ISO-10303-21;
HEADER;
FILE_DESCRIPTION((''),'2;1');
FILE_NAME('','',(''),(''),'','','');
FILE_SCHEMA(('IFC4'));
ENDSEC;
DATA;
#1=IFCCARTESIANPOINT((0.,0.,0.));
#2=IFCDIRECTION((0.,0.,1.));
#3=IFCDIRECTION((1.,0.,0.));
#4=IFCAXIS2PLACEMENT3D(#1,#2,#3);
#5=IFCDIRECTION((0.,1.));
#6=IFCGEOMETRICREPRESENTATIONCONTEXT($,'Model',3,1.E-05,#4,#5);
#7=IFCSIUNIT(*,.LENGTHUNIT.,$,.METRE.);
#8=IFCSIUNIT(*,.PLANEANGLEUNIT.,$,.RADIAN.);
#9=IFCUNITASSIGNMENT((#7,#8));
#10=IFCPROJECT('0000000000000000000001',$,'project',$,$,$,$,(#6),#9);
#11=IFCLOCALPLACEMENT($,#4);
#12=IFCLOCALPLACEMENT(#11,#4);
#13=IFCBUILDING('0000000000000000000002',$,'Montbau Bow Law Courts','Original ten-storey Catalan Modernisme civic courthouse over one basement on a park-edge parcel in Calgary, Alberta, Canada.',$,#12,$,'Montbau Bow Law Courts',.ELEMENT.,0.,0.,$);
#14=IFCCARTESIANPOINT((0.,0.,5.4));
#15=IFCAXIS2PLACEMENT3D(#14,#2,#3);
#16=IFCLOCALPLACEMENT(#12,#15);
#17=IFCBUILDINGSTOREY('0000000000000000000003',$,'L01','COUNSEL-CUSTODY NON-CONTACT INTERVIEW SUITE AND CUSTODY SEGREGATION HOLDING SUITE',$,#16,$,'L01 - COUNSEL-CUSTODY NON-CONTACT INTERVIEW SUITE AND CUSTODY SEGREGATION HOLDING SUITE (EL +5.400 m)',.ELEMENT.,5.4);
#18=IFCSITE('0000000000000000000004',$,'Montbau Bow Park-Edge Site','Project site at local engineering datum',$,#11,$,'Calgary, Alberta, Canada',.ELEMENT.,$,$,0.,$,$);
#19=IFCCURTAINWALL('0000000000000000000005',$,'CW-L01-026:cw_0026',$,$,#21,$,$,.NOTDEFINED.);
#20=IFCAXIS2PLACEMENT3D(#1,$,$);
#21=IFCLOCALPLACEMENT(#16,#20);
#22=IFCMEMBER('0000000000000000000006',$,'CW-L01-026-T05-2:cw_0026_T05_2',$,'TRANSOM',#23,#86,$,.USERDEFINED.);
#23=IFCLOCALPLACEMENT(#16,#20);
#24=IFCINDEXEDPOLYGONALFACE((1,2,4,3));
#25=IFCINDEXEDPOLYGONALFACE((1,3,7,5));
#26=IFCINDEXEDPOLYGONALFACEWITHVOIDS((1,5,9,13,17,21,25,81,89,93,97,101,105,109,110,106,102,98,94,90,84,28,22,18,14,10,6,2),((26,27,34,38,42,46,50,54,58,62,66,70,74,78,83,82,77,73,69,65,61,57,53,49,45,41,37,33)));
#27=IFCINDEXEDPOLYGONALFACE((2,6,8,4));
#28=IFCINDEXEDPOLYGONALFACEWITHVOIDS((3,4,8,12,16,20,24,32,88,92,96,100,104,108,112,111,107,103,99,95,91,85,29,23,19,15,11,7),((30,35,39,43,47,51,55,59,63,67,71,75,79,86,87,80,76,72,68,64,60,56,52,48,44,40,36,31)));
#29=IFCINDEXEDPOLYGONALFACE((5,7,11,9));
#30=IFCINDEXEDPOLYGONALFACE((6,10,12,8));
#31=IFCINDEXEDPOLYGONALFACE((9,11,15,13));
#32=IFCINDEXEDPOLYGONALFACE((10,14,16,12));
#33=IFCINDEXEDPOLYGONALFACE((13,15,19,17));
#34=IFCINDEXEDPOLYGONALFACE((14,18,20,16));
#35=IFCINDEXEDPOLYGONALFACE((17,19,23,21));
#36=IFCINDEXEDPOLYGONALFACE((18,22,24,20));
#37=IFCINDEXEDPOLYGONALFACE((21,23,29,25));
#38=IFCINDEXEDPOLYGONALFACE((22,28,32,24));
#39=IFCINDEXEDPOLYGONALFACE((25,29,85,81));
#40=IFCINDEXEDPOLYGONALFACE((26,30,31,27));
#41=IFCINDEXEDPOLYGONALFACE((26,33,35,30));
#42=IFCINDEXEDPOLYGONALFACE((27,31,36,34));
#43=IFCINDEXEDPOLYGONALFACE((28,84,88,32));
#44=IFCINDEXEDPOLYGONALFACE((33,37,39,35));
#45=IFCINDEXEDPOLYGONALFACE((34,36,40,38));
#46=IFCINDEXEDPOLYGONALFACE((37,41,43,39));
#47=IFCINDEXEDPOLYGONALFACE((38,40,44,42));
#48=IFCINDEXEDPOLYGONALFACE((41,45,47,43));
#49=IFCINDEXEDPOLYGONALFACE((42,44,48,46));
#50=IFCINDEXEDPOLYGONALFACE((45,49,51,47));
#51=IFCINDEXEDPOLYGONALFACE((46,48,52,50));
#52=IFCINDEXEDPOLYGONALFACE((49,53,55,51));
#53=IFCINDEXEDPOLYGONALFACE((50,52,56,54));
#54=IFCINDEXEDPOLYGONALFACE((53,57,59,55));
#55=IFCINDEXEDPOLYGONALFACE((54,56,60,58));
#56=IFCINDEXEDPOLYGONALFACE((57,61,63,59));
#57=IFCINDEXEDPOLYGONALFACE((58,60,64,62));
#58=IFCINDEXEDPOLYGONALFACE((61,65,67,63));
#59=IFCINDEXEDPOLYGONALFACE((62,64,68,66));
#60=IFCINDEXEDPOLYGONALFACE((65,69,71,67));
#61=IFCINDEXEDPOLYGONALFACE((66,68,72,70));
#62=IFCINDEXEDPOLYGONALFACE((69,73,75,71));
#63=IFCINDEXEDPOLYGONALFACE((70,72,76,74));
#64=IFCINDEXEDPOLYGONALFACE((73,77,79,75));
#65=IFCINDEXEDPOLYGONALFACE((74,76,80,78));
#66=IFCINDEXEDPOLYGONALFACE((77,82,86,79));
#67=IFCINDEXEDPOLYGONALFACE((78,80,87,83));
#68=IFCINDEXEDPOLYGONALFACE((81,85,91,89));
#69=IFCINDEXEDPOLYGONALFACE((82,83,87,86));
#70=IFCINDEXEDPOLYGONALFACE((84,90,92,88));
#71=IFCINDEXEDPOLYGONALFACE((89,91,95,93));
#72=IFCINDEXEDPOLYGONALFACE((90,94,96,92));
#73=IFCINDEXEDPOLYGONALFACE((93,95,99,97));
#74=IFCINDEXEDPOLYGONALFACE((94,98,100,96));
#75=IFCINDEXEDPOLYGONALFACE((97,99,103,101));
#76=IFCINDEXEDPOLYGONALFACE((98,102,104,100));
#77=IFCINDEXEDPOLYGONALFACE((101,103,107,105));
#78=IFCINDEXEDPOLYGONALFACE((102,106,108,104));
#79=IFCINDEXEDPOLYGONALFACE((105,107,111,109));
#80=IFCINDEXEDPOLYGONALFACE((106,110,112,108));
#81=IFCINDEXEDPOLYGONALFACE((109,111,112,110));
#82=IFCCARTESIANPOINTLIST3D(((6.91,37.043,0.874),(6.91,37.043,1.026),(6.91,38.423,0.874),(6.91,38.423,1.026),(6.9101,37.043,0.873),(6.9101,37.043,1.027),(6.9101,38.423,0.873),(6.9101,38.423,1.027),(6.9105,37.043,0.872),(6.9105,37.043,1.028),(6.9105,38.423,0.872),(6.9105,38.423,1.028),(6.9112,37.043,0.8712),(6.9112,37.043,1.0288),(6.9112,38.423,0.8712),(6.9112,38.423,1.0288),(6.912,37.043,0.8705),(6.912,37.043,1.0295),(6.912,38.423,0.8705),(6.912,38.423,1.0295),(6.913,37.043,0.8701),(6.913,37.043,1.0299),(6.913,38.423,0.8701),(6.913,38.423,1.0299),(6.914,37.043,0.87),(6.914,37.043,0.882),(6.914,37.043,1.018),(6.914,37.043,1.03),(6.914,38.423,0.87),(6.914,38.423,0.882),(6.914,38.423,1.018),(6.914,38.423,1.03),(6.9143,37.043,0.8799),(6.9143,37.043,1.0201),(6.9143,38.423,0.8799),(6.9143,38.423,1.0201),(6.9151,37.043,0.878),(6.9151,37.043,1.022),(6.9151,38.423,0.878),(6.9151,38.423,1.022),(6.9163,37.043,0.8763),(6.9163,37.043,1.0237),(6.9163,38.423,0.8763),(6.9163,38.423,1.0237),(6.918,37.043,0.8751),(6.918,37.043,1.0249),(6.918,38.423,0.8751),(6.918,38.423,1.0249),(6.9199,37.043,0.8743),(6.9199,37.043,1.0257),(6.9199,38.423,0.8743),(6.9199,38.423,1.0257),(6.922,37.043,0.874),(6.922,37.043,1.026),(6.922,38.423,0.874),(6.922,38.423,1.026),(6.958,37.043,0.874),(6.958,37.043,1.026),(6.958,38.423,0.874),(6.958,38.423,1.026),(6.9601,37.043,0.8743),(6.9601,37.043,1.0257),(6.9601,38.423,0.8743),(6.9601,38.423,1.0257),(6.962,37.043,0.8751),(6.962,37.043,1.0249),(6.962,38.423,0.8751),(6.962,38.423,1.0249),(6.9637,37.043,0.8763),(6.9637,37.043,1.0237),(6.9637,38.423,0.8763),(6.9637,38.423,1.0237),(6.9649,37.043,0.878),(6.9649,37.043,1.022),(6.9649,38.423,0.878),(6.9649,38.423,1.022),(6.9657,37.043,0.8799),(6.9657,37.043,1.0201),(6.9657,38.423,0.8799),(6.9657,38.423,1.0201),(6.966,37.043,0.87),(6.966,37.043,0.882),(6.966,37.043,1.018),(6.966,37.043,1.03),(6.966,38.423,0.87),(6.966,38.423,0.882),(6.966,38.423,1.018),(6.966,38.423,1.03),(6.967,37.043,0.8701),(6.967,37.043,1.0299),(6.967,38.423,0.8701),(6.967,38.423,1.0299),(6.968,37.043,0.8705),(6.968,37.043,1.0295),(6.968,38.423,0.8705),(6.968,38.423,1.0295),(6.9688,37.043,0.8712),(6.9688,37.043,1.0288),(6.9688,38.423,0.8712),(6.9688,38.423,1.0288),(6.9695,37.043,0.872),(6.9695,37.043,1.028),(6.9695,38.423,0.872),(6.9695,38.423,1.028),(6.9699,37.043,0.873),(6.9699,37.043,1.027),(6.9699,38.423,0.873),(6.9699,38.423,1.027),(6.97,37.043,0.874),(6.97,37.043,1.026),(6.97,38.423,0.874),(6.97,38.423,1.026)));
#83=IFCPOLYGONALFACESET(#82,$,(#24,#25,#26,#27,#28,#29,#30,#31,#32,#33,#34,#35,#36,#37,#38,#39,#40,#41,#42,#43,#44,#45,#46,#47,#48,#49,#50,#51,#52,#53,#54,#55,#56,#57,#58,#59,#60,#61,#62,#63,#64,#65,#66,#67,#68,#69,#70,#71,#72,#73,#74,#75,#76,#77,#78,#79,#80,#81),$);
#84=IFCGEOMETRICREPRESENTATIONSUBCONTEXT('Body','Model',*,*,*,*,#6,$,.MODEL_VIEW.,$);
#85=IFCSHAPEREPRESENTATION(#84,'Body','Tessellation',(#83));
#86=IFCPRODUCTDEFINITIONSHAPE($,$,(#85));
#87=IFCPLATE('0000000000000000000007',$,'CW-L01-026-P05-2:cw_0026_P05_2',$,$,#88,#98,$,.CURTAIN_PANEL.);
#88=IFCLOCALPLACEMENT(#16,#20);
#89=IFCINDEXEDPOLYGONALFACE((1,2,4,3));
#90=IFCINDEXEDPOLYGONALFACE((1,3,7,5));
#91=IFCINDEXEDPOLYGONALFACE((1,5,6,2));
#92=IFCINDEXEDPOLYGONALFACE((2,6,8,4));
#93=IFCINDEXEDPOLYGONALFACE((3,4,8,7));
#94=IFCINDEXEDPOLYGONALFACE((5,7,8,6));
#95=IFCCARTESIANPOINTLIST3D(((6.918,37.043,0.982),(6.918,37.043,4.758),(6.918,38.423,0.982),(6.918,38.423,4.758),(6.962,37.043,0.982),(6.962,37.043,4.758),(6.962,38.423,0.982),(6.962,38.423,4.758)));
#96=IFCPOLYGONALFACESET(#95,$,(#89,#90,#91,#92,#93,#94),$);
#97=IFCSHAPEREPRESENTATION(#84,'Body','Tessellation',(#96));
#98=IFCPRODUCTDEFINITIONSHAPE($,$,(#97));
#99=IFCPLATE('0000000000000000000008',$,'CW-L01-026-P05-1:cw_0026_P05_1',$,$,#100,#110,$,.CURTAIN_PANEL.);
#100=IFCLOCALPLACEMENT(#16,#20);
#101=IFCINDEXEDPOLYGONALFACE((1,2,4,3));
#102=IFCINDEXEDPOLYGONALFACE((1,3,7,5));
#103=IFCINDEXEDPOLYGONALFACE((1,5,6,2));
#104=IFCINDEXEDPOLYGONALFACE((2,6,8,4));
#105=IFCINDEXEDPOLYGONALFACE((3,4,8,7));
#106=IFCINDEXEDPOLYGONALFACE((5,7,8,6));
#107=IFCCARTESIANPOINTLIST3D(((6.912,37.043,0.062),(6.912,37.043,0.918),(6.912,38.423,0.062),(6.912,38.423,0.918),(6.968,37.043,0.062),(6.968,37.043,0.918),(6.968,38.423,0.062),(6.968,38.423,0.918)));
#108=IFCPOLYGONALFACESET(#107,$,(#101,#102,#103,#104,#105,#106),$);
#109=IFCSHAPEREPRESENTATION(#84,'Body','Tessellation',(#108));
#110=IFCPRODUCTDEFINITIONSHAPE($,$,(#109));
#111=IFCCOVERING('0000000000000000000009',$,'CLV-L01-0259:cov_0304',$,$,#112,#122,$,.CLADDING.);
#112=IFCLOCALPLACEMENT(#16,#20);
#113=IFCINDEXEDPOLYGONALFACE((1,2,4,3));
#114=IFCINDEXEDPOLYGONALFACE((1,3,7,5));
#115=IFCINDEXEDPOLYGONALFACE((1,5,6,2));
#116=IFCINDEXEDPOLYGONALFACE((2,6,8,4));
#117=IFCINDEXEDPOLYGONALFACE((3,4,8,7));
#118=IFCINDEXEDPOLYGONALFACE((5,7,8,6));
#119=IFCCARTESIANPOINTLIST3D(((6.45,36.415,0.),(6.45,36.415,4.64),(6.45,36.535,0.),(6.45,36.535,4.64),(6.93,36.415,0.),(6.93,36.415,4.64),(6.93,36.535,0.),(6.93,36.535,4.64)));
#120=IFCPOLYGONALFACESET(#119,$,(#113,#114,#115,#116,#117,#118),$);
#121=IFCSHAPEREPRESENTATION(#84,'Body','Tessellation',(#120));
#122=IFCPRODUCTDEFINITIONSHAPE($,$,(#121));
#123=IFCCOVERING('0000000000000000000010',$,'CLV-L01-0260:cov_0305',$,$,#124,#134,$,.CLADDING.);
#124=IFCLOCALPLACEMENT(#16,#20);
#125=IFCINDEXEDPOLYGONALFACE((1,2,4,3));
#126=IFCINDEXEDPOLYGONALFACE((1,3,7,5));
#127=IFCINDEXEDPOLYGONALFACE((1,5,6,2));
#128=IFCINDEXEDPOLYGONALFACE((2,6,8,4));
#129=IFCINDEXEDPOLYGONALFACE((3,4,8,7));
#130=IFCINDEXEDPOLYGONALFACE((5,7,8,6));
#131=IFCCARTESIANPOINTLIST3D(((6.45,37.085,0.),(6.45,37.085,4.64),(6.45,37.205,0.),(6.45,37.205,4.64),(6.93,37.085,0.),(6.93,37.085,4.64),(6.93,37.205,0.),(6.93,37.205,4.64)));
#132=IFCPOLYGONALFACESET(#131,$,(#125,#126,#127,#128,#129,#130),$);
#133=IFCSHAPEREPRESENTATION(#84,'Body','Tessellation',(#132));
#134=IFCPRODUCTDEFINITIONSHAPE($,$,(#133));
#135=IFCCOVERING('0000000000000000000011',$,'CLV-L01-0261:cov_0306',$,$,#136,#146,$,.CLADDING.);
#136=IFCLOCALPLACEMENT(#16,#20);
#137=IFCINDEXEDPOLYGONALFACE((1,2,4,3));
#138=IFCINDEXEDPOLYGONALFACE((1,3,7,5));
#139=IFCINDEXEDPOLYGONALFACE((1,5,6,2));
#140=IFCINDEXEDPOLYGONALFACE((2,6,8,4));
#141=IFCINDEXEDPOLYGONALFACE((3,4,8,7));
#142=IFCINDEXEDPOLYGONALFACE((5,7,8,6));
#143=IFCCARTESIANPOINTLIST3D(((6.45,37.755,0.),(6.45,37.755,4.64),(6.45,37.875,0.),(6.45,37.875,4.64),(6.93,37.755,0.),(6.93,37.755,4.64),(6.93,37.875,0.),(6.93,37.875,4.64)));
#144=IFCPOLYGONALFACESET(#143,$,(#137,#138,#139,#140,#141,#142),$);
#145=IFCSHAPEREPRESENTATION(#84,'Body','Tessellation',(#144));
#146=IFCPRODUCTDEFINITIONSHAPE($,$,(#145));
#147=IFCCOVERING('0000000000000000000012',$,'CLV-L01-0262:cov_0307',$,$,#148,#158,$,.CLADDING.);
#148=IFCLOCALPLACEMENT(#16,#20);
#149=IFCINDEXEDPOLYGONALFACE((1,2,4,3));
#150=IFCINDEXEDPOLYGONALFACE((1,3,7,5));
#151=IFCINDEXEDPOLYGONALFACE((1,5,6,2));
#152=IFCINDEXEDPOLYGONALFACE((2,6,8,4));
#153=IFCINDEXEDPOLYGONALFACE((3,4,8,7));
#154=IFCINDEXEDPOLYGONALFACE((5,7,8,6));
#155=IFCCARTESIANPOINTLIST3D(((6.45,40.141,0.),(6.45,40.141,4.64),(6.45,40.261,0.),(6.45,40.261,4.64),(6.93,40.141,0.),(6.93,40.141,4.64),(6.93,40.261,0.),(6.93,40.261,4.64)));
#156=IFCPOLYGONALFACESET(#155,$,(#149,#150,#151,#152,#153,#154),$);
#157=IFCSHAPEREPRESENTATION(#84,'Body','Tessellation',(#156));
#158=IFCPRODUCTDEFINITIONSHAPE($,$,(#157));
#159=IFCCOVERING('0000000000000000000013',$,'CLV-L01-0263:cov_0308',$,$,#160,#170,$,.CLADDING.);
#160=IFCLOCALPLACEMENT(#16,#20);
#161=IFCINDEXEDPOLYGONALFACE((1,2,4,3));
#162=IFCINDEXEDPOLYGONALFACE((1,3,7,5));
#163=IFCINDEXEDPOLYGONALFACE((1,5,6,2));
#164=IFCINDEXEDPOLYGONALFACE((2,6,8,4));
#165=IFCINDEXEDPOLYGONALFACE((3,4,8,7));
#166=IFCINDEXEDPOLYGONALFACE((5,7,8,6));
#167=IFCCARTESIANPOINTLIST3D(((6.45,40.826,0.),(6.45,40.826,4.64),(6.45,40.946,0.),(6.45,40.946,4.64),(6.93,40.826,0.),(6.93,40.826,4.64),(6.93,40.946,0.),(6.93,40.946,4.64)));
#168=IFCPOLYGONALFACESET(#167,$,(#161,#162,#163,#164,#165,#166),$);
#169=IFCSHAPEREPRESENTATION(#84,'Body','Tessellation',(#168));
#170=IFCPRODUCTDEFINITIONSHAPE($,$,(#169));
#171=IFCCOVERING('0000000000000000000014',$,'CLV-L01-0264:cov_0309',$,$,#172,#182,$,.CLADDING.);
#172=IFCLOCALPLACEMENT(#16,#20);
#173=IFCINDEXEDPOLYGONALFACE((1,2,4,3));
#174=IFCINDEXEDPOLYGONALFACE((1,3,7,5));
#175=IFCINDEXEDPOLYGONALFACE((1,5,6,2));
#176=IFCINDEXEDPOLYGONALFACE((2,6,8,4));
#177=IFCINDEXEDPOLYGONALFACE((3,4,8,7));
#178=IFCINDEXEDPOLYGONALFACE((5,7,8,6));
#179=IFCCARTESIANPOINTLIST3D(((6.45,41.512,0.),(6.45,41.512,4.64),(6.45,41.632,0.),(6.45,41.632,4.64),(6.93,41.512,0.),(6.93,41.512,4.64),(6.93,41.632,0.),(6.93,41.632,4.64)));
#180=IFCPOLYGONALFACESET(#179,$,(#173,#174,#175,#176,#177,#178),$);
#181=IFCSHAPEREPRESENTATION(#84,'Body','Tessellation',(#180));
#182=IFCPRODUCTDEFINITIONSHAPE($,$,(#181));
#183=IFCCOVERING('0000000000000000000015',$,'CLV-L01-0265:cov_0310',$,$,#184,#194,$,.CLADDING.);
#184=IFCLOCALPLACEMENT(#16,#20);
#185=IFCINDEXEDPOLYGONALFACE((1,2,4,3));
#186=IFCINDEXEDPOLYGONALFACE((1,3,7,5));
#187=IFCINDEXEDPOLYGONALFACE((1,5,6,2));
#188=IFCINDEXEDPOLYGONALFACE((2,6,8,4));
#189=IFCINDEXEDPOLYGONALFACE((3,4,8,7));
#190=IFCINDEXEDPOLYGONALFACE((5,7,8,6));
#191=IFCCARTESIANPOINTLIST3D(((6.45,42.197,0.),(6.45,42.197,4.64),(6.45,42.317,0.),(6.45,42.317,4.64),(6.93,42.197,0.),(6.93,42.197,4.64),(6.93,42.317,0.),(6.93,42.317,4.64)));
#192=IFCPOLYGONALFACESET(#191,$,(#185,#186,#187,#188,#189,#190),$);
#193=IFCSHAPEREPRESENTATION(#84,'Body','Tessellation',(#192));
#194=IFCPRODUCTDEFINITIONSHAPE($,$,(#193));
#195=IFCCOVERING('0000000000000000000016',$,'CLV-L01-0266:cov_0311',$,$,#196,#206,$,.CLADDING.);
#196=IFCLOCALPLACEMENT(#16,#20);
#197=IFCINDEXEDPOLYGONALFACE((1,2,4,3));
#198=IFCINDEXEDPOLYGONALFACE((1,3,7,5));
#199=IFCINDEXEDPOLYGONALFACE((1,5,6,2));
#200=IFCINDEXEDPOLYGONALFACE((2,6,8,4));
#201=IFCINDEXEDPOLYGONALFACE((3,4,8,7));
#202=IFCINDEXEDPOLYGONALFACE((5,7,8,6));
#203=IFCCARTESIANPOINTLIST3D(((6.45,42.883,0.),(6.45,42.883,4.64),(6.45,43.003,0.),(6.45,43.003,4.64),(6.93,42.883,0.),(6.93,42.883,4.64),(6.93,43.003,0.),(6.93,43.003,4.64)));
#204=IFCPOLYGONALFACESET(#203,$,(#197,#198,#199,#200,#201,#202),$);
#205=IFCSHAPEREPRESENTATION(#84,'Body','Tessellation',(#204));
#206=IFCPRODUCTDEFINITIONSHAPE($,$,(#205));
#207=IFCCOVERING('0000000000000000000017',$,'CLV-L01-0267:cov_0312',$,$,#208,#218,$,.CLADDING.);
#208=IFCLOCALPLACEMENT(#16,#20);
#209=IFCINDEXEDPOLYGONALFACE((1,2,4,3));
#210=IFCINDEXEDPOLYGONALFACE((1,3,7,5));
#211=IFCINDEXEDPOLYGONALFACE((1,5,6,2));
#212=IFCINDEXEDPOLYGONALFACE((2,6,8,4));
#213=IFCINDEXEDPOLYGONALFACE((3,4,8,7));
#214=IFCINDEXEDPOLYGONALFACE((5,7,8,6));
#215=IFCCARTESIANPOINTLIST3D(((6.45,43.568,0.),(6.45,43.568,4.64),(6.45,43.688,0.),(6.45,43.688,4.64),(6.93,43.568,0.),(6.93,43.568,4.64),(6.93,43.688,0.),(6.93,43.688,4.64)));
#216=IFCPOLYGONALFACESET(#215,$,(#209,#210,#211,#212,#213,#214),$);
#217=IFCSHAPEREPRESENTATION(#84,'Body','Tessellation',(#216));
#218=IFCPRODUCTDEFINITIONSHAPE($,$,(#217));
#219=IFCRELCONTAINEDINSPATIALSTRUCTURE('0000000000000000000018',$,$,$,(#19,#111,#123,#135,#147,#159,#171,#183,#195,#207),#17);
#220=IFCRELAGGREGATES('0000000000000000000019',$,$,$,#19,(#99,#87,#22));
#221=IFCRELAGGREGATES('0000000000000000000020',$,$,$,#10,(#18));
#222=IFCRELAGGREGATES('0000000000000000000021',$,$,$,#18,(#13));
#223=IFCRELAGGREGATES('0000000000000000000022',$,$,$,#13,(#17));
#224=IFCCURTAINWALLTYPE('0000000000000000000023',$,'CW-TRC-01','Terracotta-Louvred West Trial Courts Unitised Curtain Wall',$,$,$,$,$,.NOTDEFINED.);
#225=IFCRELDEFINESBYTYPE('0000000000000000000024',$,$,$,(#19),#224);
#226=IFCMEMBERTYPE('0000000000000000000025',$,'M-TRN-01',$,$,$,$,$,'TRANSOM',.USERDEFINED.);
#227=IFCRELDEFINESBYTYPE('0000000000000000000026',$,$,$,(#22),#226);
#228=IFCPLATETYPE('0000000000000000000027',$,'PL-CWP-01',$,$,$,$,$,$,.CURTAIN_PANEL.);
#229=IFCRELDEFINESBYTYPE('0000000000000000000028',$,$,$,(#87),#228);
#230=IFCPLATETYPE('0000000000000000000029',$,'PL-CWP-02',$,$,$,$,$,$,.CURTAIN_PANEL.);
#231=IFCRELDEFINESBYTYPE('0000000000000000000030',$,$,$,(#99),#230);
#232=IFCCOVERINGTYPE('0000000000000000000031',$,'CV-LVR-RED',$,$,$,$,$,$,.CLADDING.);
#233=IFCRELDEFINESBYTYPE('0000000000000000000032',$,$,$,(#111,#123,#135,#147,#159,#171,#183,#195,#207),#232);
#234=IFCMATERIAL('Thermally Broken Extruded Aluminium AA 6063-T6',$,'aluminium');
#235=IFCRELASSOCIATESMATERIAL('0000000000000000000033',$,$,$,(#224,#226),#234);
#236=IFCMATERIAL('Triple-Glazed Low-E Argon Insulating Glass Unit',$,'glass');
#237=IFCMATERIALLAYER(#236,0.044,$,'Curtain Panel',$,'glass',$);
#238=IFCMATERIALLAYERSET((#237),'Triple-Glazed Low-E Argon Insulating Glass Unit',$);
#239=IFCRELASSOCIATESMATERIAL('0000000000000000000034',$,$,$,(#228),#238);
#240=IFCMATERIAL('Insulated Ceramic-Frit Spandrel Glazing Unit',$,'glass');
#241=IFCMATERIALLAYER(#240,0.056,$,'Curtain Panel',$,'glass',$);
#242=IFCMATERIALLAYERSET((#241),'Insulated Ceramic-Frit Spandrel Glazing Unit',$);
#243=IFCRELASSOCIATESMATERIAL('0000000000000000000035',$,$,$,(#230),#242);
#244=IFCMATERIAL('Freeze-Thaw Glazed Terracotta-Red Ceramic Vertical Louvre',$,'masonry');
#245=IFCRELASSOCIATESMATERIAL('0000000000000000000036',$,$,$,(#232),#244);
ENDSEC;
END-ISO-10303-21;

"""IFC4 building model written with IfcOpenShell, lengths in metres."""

from ifc_helpers import new_model, si_unit, direction, frame, frame_2d, origin_with_axes, origin_2d_with_axis, place, context, subcontext, project, spatial, rectangle, hollow_rectangle, extrude, material, layer, layer_set, material_profile, profile_set, type_object, element, aggregate, save


model = new_model("IFC4")

# Units and contexts
model_context = context("Model", 3, precision=1e-05, world=origin_with_axes(), true_north=direction((0.0, 1.0)))
body_context = subcontext(model_context, "Body", "Model", "MODEL_VIEW")
ifc_project = project(units=[si_unit("LENGTHUNIT", "METRE"), si_unit("PLANEANGLEUNIT", "RADIAN")], contexts=[model_context])

# Site, building, storey
site_placement = place(None, origin_with_axes())
site = spatial("IfcSite", under=ifc_project, at=site_placement, Name="Montbau Bow Park-Edge Site", Description="Project site at local engineering datum", LongName="Calgary, Alberta, Canada", CompositionType="ELEMENT", RefElevation=0.0)
building_placement = place(site_placement, origin_with_axes())
building = spatial("IfcBuilding", under=site, at=building_placement, Name="Montbau Bow Law Courts", Description="Original ten-storey Catalan Modernisme civic courthouse over one basement on a park-edge parcel in Calgary, Alberta, Canada.", LongName="Montbau Bow Law Courts", CompositionType="ELEMENT", ElevationOfRefHeight=0.0, ElevationOfTerrain=0.0)
storey_placement = place(building_placement, frame((0.0, 0.0, 5.4), z_axis=(0.0, 0.0, 1.0), x_axis=(1.0, 0.0, 0.0)))
storey = spatial("IfcBuildingStorey", under=building, at=storey_placement, Name="L01", Description="COUNSEL-CUSTODY NON-CONTACT INTERVIEW SUITE AND CUSTODY SEGREGATION HOLDING SUITE", LongName="L01 - COUNSEL-CUSTODY NON-CONTACT INTERVIEW SUITE AND CUSTODY SEGREGATION HOLDING SUITE (EL +5.400 m)", CompositionType="ELEMENT", Elevation=5.4)

# Curtain wall, member, plates
ifc_material_1 = material(Name="Thermally Broken Extruded Aluminium AA 6063-T6", Category="aluminium")
curtain_wall_type = type_object("IfcCurtainWallType", Name="CW-TRC-01", Description="Terracotta-Louvred West Trial Courts Unitised Curtain Wall", PredefinedType="NOTDEFINED", material=ifc_material_1)
curtain_wall_placement = place(None, frame((6.94, 31.115, 5.4), z_axis=(0.0, 0.0, 1.0), x_axis=(1.0, 0.0, 0.0)))
curtain_wall = element("IfcCurtainWall", 1, at=curtain_wall_placement, inside=storey, type_object=curtain_wall_type, Name="CW-L01-026:cw_0026", PredefinedType="NOTDEFINED")
ifc_material_profile_1 = material_profile(ifc_material_1, hollow_rectangle(XDim=0.06, YDim=0.16, WallThickness=0.004, InnerFilletRadius=0.008, OuterFilletRadius=0.004, at=origin_2d_with_axis()), Name="CWT-160X60", Category="Main", Priority=0)
ifc_profile_set_1 = profile_set([ifc_material_profile_1], Name="Thermally Broken Extruded Aluminium AA 6063-T6")
member_type_1 = type_object("IfcMemberType", Name="M-TRN-01", ElementType="TRANSOM", PredefinedType="USERDEFINED", material=ifc_profile_set_1)
member_1_placement = place(None, frame((6.94, 37.043, 6.35), z_axis=(0.0, 1.0, 0.0), x_axis=(-1.0, 0.0, 0.0)))
member_1 = element("IfcMember", 2, at=member_1_placement, type_object=member_type_1, Name="CW-L01-026-T05-2:cw_0026_T05_2", ObjectType="TRANSOM", PredefinedType="USERDEFINED", context=body_context, shape_type="SweptSolid", body=[
    extrude(hollow_rectangle(XDim=0.06, YDim=0.16, WallThickness=0.004, InnerFilletRadius=0.008, OuterFilletRadius=0.004, at=origin_2d_with_axis()), origin_with_axes(), (0.0, 0.0, 1.0), 1.38),
])
ifc_material_2 = material(Name="Triple-Glazed Low-E Argon Insulating Glass Unit", Category="glass")
ifc_layer_1 = layer(ifc_material_2, 0.044, Name="Curtain Panel", Category="glass")
ifc_layer_set_1 = layer_set([ifc_layer_1], Name="Triple-Glazed Low-E Argon Insulating Glass Unit")
plate_type_1 = type_object("IfcPlateType", Name="PL-CWP-01", PredefinedType="CURTAIN_PANEL", material=ifc_layer_set_1)
plate_1_placement = place(None, frame((6.94, 37.043, 6.382), z_axis=(1.0, 0.0, 0.0), x_axis=(0.0, 1.0, 0.0)))
plate_1 = element("IfcPlate", 3, at=plate_1_placement, type_object=plate_type_1, Name="CW-L01-026-P05-2:cw_0026_P05_2", PredefinedType="CURTAIN_PANEL", context=body_context, shape_type="SweptSolid", body=[
    extrude(rectangle(XDim=1.38, YDim=3.776, at=frame_2d((0.69, 1.888), x_axis=(1.0, 0.0))), frame((0.0, 0.0, -0.022), z_axis=(0.0, 0.0, 1.0), x_axis=(1.0, 0.0, 0.0)), (0.0, 0.0, 1.0), 0.044),
])
ifc_material_3 = material(Name="Insulated Ceramic-Frit Spandrel Glazing Unit", Category="glass")
ifc_layer_2 = layer(ifc_material_3, 0.056, Name="Curtain Panel", Category="glass")
ifc_layer_set_2 = layer_set([ifc_layer_2], Name="Insulated Ceramic-Frit Spandrel Glazing Unit")
plate_type_2 = type_object("IfcPlateType", Name="PL-CWP-02", PredefinedType="CURTAIN_PANEL", material=ifc_layer_set_2)
plate_2_placement = place(None, frame((6.94, 37.043, 5.462), z_axis=(1.0, 0.0, 0.0), x_axis=(0.0, 1.0, 0.0)))
plate_2 = element("IfcPlate", 4, at=plate_2_placement, type_object=plate_type_2, Name="CW-L01-026-P05-1:cw_0026_P05_1", PredefinedType="CURTAIN_PANEL", context=body_context, shape_type="SweptSolid", body=[
    extrude(rectangle(XDim=1.38, YDim=0.856, at=frame_2d((0.69, 0.428), x_axis=(1.0, 0.0))), frame((0.0, 0.0, -0.028), z_axis=(0.0, 0.0, 1.0), x_axis=(1.0, 0.0, 0.0)), (0.0, 0.0, 1.0), 0.056),
])
aggregate(curtain_wall, [plate_2, plate_1, member_1])

# Coverings
ifc_material_4 = material(Name="Freeze-Thaw Glazed Terracotta-Red Ceramic Vertical Louvre", Category="masonry")
covering_type = type_object("IfcCoveringType", Name="CV-LVR-RED", PredefinedType="CLADDING", material=ifc_material_4)
for number, where, z_axis, x_axis, name in (
    (5, (6.93, 36.475, 5.4), (0.0, 1.0, 0.0), (-1.0, 0.0, 0.0), "CLV-L01-0259:cov_0304"),
    (6, (6.93, 37.145, 5.4), (0.0, 1.0, 0.0), (-1.0, 0.0, 0.0), "CLV-L01-0260:cov_0305"),
    (7, (6.93, 37.815, 5.4), (0.0, 1.0, 0.0), (-1.0, 0.0, 0.0), "CLV-L01-0261:cov_0306"),
    (8, (6.93, 40.201, 5.4), (0.0, 1.0, 0.0), (-1.0, 0.0, 0.0), "CLV-L01-0262:cov_0307"),
    (9, (6.93, 40.886, 5.4), (0.0, 1.0, 0.0), (-1.0, 0.0, 0.0), "CLV-L01-0263:cov_0308"),
    (10, (6.93, 41.572, 5.4), (0.0, 1.0, 0.0), (-1.0, 0.0, 0.0), "CLV-L01-0264:cov_0309"),
    (11, (6.93, 42.257, 5.4), (0.0, 1.0, 0.0), (-1.0, 0.0, 0.0), "CLV-L01-0265:cov_0310"),
    (12, (6.93, 42.943, 5.4), (0.0, 1.0, 0.0), (-1.0, 0.0, 0.0), "CLV-L01-0266:cov_0311"),
    (13, (6.93, 43.628, 5.4), (0.0, 1.0, 0.0), (-1.0, 0.0, 0.0), "CLV-L01-0267:cov_0312"),
):
    element("IfcCovering", number, at=place(None, frame(where, z_axis=z_axis, x_axis=x_axis)), inside=storey, type_object=covering_type, Name=name, PredefinedType="CLADDING", context=body_context, shape_type="SweptSolid", body=[
        extrude(rectangle(XDim=0.48, YDim=4.64, at=frame_2d((0.24, 2.32), x_axis=(1.0, 0.0))), frame((0.0, 0.0, -0.06), z_axis=(0.0, 0.0, 1.0), x_axis=(1.0, 0.0, 0.0)), (0.0, 0.0, 1.0), 0.12),
    ])

save(model, "model.ifc")
